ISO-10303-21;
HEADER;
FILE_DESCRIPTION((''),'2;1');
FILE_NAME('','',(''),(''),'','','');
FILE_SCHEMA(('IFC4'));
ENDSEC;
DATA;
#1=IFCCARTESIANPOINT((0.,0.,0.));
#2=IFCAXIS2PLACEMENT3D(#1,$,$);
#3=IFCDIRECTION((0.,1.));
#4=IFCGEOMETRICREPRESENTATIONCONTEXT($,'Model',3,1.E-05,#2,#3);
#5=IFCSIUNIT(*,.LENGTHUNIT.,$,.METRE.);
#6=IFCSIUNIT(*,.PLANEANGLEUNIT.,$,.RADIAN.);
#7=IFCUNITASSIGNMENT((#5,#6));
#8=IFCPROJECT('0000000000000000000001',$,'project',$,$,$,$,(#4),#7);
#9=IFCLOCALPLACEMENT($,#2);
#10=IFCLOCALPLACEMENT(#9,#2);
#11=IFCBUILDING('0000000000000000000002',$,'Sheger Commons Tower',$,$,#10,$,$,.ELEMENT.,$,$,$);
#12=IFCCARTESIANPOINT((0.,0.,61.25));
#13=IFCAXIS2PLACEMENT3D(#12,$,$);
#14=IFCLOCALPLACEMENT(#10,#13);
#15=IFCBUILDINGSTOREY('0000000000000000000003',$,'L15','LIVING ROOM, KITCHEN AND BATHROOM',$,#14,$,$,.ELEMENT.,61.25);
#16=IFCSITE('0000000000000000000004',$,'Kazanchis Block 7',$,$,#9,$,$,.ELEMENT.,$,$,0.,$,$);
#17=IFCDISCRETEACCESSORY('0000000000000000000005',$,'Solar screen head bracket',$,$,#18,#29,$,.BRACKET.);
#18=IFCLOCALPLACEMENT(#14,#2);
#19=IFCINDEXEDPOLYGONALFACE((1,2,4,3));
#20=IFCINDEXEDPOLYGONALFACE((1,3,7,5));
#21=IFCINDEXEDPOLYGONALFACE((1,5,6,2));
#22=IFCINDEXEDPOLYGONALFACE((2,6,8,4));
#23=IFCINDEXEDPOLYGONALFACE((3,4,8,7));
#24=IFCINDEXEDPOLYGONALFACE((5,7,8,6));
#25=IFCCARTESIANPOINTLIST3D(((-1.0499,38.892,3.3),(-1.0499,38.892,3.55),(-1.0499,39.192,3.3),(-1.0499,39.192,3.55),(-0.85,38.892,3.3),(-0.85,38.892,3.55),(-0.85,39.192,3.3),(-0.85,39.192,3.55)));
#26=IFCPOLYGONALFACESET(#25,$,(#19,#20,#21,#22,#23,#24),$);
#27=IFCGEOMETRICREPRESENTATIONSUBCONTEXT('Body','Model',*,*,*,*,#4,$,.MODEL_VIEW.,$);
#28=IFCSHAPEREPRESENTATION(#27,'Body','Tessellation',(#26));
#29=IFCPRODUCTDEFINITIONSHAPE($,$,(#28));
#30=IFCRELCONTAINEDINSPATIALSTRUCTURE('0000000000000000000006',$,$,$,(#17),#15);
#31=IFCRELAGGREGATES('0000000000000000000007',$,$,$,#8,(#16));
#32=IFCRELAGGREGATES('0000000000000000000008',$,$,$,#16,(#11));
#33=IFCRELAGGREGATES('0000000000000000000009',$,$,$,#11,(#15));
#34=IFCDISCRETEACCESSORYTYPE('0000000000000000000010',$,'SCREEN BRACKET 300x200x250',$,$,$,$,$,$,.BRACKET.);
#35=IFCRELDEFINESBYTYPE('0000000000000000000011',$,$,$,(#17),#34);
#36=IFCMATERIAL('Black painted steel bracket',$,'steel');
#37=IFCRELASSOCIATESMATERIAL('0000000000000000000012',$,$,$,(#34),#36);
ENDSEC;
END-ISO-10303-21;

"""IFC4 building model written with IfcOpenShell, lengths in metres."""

from ifc_helpers import new_model, si_unit, direction, frame, origin, origin_2d, place, context, subcontext, project, spatial, rectangle, extrude, material, type_object, element, save


model = new_model("IFC4")

# Units and contexts
model_context = context("Model", 3, precision=1e-05, world=origin(), true_north=direction((0.0, 1.0)))
body_context = subcontext(model_context, "Body", "Model", "MODEL_VIEW")
ifc_project = project(units=[si_unit("LENGTHUNIT", "METRE"), si_unit("PLANEANGLEUNIT", "RADIAN")], contexts=[model_context])

# Site, building, storey
site_placement = place(None, origin())
site = spatial("IfcSite", under=ifc_project, at=site_placement, Name="Kazanchis Block 7", CompositionType="ELEMENT", RefElevation=0.0)
building_placement = place(site_placement, origin())
building = spatial("IfcBuilding", under=site, at=building_placement, Name="Sheger Commons Tower", CompositionType="ELEMENT")
storey_placement = place(building_placement, frame((0.0, 0.0, 61.25)))
storey = spatial("IfcBuildingStorey", under=building, at=storey_placement, Name="L15", Description="LIVING ROOM, KITCHEN AND BATHROOM", CompositionType="ELEMENT", Elevation=61.25)

# Discrete accessory
ifc_material_1 = material(Name="Black painted steel bracket", Category="steel")
discrete_accessory_type = type_object("IfcDiscreteAccessoryType", Name="SCREEN BRACKET 300x200x250", PredefinedType="BRACKET", material=ifc_material_1)
for number, where, z_axis, x_axis, name in (
    (1, (-0.95, 39.042, 3.3), (0.0, 0.0, 1.0), (0.0, -1.0, 0.0), "Solar screen head bracket"),
):
    element("IfcDiscreteAccessory", number, at=place(storey_placement, frame(where, z_axis=z_axis, x_axis=x_axis)), inside=storey, type_object=discrete_accessory_type, Name=name, PredefinedType="BRACKET", context=body_context, shape_type="SweptSolid", body=[
        extrude(rectangle(XDim=0.3, YDim=0.2, at=origin_2d()), origin(), (0.0, 0.0, 1.0), 0.25),
    ])

save(model, "model.ifc")
